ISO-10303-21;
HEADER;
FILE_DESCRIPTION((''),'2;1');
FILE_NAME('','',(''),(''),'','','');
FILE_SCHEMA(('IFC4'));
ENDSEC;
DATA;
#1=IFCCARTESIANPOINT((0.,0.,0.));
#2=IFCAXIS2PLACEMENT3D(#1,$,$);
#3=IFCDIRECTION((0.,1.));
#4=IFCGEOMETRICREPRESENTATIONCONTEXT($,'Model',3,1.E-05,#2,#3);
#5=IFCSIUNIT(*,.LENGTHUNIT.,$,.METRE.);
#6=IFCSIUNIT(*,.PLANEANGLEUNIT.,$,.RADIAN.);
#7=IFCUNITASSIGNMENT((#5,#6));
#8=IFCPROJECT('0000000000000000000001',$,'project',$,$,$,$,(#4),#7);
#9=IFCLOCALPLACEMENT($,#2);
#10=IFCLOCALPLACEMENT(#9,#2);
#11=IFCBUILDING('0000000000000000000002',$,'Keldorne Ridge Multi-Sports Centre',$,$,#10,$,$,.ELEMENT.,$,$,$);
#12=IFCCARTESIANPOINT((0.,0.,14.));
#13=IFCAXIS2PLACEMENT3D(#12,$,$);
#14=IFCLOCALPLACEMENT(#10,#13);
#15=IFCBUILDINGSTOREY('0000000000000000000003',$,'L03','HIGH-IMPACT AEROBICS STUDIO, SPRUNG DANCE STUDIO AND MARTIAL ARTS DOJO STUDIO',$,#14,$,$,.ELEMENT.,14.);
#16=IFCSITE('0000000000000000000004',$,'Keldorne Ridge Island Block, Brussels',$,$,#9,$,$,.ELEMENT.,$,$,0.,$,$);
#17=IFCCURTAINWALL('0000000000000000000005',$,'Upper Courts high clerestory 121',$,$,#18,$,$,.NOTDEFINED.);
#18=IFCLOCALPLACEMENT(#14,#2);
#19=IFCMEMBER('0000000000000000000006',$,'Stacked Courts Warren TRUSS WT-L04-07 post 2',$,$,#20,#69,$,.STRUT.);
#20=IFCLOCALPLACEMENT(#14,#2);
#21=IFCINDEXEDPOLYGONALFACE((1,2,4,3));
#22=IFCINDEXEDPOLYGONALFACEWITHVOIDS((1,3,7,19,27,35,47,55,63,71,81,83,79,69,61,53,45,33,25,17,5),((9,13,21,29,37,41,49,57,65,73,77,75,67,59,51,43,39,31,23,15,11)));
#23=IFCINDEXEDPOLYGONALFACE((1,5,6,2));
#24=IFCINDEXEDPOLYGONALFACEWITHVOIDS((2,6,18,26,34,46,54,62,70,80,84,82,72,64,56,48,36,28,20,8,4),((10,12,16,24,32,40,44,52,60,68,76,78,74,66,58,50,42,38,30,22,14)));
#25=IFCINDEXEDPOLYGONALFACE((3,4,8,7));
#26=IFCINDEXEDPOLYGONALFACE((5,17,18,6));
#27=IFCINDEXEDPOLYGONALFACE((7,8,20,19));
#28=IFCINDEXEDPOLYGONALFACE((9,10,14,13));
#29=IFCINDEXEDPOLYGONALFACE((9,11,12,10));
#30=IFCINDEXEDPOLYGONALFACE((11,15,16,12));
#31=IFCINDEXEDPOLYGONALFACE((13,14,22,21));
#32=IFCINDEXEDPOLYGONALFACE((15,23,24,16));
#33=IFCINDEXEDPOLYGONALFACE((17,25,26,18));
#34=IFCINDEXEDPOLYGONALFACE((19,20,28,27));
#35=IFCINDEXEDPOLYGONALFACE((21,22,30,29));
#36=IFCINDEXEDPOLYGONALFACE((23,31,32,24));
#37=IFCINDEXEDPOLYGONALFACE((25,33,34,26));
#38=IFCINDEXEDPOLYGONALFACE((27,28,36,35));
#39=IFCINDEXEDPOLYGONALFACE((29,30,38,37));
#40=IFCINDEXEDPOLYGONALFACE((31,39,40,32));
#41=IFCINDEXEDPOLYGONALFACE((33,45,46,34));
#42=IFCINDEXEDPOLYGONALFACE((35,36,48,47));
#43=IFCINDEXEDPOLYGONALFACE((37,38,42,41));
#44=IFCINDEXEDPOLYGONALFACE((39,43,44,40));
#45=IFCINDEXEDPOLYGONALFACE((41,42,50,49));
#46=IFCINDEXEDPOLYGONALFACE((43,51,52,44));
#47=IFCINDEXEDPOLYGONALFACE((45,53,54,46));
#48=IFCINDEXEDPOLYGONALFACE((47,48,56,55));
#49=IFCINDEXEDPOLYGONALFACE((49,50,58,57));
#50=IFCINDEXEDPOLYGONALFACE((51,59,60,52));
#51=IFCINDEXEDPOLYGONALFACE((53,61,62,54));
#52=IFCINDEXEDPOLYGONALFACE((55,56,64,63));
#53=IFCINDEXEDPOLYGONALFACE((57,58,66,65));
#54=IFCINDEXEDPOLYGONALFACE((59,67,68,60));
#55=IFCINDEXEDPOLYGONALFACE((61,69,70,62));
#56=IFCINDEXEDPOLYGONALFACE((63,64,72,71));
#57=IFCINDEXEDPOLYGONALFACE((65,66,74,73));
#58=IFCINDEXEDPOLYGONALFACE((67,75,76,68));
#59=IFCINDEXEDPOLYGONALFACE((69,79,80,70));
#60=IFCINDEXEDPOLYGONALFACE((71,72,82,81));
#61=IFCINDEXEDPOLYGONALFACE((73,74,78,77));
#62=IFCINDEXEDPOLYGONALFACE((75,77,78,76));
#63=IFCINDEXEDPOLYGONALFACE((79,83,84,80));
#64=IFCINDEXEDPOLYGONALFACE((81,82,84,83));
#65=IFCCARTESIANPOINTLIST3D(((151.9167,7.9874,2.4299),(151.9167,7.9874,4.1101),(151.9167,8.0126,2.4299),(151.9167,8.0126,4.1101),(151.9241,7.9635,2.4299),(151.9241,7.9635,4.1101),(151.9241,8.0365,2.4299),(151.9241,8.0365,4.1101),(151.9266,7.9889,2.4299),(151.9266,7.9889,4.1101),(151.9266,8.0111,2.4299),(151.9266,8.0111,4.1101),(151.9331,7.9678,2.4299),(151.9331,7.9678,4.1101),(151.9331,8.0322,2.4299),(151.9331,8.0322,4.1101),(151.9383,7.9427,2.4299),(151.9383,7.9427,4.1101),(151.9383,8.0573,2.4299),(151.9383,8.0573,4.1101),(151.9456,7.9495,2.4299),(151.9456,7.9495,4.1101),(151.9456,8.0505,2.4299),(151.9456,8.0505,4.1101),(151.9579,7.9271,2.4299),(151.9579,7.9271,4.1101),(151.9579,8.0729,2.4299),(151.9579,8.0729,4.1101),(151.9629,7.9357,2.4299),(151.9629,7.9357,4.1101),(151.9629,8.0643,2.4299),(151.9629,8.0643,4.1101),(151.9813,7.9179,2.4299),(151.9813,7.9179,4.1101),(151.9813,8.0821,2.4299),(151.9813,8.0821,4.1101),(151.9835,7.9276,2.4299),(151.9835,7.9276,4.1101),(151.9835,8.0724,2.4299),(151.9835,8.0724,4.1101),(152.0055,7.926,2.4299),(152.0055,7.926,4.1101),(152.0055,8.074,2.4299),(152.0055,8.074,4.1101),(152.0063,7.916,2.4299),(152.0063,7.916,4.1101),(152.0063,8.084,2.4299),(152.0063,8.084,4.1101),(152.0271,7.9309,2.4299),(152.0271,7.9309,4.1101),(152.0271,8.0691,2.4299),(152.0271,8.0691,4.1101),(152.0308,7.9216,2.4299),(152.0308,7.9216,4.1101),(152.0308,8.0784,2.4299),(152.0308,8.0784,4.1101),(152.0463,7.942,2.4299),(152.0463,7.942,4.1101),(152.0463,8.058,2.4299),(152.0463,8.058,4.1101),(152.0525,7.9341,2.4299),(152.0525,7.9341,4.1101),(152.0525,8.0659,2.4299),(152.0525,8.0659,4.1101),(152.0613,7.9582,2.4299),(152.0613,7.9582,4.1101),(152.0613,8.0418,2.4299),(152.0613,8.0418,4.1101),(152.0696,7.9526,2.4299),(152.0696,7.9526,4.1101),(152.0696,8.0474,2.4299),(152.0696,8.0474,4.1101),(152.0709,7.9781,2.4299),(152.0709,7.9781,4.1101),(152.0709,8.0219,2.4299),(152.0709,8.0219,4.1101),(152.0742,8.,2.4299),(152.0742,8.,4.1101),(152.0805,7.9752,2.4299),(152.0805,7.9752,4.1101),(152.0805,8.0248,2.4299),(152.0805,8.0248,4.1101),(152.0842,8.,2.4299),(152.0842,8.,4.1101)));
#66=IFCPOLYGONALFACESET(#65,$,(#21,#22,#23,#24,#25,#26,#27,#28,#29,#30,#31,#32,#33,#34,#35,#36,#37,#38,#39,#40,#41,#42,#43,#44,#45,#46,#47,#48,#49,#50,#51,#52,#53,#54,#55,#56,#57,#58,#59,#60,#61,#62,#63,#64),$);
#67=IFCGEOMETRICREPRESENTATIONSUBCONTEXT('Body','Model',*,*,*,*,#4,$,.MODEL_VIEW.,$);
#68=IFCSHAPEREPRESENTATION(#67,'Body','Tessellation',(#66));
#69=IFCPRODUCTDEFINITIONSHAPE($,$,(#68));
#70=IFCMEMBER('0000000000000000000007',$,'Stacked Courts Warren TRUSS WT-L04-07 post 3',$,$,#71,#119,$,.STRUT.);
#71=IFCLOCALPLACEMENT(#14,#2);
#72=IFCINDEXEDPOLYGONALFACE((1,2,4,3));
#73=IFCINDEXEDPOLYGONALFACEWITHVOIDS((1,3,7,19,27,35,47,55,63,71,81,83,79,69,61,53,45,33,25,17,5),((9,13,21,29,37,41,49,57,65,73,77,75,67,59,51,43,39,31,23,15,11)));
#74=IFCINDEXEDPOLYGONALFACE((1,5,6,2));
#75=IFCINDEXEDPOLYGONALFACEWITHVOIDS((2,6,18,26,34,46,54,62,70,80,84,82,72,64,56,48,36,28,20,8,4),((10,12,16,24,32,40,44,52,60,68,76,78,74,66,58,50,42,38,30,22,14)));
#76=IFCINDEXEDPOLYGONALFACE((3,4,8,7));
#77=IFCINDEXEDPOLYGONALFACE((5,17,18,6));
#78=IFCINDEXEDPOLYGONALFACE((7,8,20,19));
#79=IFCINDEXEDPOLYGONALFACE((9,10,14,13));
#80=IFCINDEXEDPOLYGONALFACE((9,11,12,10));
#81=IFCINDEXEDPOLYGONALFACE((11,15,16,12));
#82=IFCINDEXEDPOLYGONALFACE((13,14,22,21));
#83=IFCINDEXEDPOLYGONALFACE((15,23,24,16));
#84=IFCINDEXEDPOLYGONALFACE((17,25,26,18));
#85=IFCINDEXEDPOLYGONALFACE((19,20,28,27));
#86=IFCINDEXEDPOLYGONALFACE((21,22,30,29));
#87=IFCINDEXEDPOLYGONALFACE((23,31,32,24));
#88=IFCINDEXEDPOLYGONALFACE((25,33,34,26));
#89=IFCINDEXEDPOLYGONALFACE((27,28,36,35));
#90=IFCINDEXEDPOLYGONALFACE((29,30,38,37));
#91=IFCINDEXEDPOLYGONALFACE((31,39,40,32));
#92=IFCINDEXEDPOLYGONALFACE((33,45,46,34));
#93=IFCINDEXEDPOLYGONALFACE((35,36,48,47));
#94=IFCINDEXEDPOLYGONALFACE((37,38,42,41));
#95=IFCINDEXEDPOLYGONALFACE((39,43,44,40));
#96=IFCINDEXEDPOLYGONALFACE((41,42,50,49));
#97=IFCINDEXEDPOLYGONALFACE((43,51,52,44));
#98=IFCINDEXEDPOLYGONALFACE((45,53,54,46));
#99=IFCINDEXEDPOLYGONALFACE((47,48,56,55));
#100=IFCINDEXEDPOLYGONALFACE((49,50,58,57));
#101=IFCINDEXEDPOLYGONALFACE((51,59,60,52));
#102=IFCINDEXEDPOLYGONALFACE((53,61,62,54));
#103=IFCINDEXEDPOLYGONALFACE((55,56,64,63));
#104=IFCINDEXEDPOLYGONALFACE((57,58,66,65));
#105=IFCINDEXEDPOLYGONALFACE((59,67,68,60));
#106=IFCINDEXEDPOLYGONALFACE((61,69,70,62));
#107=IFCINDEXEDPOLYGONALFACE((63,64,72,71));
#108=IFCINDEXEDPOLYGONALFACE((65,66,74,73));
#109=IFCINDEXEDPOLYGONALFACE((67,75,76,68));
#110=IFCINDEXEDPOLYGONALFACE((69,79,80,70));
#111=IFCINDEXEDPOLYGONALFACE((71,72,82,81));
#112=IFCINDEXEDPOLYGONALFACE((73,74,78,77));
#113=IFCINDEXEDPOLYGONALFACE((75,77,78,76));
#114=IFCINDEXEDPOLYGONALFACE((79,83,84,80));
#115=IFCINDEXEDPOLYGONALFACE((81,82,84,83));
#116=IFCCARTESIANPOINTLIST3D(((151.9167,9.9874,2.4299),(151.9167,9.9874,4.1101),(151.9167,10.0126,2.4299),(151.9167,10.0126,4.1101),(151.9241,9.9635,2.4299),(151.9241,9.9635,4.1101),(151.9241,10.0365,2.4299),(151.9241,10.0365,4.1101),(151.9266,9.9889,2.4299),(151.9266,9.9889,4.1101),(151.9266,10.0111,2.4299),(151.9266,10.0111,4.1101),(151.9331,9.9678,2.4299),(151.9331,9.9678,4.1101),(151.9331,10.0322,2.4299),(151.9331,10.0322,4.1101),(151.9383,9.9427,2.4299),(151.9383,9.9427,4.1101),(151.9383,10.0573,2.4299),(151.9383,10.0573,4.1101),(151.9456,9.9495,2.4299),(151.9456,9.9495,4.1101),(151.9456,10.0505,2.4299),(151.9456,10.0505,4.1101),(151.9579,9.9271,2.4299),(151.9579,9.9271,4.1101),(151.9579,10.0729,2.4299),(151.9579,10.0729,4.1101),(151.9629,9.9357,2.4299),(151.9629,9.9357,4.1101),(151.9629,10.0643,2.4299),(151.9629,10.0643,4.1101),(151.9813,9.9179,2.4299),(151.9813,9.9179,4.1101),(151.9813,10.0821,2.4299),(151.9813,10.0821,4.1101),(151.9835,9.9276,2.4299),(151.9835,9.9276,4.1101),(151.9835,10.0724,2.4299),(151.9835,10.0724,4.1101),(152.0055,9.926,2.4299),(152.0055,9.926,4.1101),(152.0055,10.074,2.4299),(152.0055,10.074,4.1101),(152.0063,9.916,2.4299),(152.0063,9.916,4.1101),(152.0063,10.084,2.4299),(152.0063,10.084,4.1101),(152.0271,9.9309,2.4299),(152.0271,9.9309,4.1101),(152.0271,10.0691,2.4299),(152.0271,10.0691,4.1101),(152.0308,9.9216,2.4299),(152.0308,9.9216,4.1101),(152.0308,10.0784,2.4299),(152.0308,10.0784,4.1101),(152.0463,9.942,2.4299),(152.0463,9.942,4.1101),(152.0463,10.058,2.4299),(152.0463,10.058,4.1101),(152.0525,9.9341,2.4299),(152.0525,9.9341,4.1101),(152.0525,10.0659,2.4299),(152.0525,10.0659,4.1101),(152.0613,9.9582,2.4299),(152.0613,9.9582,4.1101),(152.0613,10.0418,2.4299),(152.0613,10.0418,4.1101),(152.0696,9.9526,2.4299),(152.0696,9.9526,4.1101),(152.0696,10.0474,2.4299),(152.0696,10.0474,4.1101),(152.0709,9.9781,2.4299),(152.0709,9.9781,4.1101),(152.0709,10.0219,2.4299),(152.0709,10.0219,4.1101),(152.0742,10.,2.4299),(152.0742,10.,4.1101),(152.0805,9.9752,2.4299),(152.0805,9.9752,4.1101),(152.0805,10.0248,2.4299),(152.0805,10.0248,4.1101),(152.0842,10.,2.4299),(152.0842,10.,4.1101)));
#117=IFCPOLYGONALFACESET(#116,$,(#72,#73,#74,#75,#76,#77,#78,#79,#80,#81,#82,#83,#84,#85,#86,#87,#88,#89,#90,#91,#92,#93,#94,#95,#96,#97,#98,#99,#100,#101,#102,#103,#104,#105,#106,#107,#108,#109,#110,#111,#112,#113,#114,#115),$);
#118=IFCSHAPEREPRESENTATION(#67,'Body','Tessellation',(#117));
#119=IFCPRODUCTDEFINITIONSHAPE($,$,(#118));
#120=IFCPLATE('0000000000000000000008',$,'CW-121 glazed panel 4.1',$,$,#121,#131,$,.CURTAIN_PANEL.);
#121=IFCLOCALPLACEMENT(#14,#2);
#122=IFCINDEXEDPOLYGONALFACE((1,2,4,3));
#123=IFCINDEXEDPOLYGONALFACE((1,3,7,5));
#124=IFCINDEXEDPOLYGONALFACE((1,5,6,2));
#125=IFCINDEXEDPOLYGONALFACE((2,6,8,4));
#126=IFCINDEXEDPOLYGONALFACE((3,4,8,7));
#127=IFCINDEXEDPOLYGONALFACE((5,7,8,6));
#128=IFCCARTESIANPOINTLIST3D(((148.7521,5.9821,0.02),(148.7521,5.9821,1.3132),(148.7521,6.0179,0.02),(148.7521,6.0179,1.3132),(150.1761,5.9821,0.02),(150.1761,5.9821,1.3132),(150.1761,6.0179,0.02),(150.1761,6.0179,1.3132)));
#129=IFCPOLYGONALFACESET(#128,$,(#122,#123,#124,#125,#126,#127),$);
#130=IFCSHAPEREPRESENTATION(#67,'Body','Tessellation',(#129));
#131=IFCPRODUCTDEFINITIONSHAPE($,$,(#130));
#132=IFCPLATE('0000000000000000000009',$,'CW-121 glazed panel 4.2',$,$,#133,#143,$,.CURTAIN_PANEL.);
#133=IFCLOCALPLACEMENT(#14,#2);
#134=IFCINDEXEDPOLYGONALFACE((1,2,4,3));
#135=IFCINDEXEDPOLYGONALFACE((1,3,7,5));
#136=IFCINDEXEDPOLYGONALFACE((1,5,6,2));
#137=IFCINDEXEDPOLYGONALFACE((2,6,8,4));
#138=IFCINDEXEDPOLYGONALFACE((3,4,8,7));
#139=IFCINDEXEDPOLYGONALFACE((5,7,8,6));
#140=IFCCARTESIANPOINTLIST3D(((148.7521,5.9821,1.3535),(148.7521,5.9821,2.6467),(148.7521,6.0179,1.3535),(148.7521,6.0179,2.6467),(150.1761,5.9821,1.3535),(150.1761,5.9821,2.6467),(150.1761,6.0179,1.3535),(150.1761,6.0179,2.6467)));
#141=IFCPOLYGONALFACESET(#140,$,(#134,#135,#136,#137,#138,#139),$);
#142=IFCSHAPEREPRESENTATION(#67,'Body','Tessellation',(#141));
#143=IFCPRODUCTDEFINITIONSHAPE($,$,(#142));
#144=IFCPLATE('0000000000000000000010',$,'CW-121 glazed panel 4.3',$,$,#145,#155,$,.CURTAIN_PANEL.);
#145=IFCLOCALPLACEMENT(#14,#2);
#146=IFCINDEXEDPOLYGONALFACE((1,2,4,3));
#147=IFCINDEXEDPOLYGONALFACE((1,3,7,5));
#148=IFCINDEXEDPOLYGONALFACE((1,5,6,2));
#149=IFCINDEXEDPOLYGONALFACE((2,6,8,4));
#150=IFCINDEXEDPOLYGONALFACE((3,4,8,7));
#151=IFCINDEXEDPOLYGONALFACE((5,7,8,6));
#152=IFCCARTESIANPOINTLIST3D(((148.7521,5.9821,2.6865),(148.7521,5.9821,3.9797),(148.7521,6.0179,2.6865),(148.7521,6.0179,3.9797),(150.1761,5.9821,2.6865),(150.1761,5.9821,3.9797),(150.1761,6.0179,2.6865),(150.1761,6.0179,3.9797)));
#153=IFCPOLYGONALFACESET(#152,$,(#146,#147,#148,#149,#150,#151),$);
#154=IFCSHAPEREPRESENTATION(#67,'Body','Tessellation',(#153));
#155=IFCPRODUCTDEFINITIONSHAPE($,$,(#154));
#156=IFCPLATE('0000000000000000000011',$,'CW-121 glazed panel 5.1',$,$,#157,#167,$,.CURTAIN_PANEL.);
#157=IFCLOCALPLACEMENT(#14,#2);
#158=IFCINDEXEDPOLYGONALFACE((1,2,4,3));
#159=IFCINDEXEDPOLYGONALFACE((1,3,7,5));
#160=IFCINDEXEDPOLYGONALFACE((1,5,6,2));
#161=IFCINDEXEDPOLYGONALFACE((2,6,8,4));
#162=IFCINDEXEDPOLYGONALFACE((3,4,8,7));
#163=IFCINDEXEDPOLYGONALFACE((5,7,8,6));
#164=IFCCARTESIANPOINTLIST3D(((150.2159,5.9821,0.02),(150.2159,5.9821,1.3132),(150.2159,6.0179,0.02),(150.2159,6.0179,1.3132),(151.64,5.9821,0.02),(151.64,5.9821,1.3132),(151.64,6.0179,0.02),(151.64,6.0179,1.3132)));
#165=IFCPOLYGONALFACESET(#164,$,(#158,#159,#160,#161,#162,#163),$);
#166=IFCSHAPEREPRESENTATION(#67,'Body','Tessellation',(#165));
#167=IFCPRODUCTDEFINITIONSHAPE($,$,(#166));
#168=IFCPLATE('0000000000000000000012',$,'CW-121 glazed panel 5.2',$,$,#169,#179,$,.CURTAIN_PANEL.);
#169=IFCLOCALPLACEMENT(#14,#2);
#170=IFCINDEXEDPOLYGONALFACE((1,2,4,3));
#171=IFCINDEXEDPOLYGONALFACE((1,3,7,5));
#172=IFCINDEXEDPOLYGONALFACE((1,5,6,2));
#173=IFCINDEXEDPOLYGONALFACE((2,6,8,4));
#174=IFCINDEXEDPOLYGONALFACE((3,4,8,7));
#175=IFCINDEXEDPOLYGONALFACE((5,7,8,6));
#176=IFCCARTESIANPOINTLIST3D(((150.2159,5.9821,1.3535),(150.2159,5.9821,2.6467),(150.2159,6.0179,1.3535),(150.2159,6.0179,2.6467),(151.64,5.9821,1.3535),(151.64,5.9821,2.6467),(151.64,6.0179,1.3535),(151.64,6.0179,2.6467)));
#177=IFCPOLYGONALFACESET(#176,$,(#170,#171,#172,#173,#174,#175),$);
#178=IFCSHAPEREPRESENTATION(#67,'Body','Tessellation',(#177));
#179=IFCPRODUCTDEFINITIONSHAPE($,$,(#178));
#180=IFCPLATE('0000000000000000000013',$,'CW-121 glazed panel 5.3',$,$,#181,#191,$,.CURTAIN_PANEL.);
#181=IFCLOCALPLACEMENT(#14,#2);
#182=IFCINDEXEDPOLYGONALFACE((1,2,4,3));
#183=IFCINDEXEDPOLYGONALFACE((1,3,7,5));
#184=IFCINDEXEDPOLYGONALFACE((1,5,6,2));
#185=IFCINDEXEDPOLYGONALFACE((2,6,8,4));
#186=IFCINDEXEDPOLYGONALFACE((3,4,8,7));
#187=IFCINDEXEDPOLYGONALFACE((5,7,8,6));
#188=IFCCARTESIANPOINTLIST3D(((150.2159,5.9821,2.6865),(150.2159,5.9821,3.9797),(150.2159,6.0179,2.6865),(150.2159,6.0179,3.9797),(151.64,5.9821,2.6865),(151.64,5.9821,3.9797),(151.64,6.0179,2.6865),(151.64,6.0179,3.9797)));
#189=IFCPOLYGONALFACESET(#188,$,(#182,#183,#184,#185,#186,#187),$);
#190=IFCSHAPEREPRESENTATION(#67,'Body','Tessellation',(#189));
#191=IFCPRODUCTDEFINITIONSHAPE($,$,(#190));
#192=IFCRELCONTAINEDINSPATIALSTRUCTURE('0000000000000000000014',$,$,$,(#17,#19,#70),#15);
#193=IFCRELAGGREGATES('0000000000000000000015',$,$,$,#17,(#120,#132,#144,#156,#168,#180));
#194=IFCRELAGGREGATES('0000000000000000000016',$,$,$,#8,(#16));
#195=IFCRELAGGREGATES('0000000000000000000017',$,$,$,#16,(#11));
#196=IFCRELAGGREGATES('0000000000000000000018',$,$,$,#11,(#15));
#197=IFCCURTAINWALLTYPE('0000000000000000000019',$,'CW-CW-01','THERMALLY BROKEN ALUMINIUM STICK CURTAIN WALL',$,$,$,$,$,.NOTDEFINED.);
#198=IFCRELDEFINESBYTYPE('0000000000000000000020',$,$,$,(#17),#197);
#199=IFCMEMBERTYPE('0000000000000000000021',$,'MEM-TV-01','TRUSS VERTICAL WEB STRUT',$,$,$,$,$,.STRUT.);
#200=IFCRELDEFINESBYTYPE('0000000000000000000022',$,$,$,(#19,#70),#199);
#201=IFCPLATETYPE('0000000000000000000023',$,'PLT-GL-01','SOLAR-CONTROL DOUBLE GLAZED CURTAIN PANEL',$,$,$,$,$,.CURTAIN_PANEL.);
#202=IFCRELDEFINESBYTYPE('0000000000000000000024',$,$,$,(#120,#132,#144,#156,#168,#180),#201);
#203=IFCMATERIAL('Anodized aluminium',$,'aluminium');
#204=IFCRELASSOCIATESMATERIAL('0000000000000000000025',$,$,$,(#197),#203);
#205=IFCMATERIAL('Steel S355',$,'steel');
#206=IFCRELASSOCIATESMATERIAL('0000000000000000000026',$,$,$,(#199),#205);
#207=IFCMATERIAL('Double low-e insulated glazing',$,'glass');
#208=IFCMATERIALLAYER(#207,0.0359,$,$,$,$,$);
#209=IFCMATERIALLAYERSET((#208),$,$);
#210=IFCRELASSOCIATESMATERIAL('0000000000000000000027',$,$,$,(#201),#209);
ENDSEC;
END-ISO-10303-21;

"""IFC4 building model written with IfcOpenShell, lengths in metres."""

from ifc_helpers import new_model, si_unit, direction, frame, origin, origin_2d, place, context, subcontext, project, spatial, rectangle, hollow_circle, extrude, material, layer, layer_set, material_profile, profile_set, type_object, element, aggregate, save


model = new_model("IFC4")

# Units and contexts
model_context = context("Model", 3, precision=1e-05, world=origin(), true_north=direction((0.0, 1.0)))
body_context = subcontext(model_context, "Body", "Model", "MODEL_VIEW")
ifc_project = project(units=[si_unit("LENGTHUNIT", "METRE"), si_unit("PLANEANGLEUNIT", "RADIAN")], contexts=[model_context])

# Site, building, storey
site_placement = place(None, origin())
site = spatial("IfcSite", under=ifc_project, at=site_placement, Name="Keldorne Ridge Island Block, Brussels", CompositionType="ELEMENT", RefElevation=0.0)
building_placement = place(site_placement, origin())
building = spatial("IfcBuilding", under=site, at=building_placement, Name="Keldorne Ridge Multi-Sports Centre", CompositionType="ELEMENT")
storey_placement = place(building_placement, frame((0.0, 0.0, 14.0)))
storey = spatial("IfcBuildingStorey", under=building, at=storey_placement, Name="L03", Description="HIGH-IMPACT AEROBICS STUDIO, SPRUNG DANCE STUDIO AND MARTIAL ARTS DOJO STUDIO", CompositionType="ELEMENT", Elevation=14.0)

# Shared definitions
ifc_material_1 = material(Name="Steel S355", Category="steel")

# Curtain wall
ifc_material_2 = material(Name="Anodized aluminium", Category="aluminium")
curtain_wall_type = type_object("IfcCurtainWallType", Name="CW-CW-01", Description="THERMALLY BROKEN ALUMINIUM STICK CURTAIN WALL", PredefinedType="NOTDEFINED", material=ifc_material_2)
curtain_wall_placement = place(storey_placement, origin())
curtain_wall = element("IfcCurtainWall", 1, at=curtain_wall_placement, inside=storey, type_object=curtain_wall_type, Name="Upper Courts high clerestory 121", PredefinedType="NOTDEFINED")

# Members
ifc_material_profile_1 = material_profile(ifc_material_1, hollow_circle(Radius=0.0842, WallThickness=0.01, at=origin_2d()), Name="CHS 168.3x10")
ifc_profile_set_1 = profile_set([ifc_material_profile_1], Name="Steel S355")
member_type_1 = type_object("IfcMemberType", Name="MEM-TV-01", Description="TRUSS VERTICAL WEB STRUT", PredefinedType="STRUT", material=ifc_profile_set_1)
for number, where, z_axis, x_axis, name in (
    (2, (152.0, 8.0, 2.4299), (0.0, 0.0, 1.0), (1.0, 0.0, 0.0), "Stacked Courts Warren TRUSS WT-L04-07 post 2"),
    (3, (152.0, 10.0, 2.4299), (0.0, 0.0, 1.0), (1.0, 0.0, 0.0), "Stacked Courts Warren TRUSS WT-L04-07 post 3"),
):
    element("IfcMember", number, at=place(storey_placement, frame(where, z_axis=z_axis, x_axis=x_axis)), inside=storey, type_object=member_type_1, Name=name, PredefinedType="STRUT", context=body_context, shape_type="SweptSolid", body=[
        extrude(hollow_circle(Radius=0.0842, WallThickness=0.01, at=origin_2d()), origin(), (0.0, 0.0, 1.0), 1.6802),
    ])

# Plates
ifc_material_3 = material(Name="Double low-e insulated glazing", Category="glass")
ifc_layer = layer(ifc_material_3, 0.0359)
ifc_layer_set = layer_set([ifc_layer])
plate_type = type_object("IfcPlateType", Name="PLT-GL-01", Description="SOLAR-CONTROL DOUBLE GLAZED CURTAIN PANEL", PredefinedType="CURTAIN_PANEL", material=ifc_layer_set)
plate_1_placement = place(storey_placement, frame((149.4641, 6.0, 0.02), z_axis=(0.0, 0.0, 1.0), x_axis=(1.0, 0.0, 0.0)))
plate_1 = element("IfcPlate", 4, at=plate_1_placement, type_object=plate_type, Name="CW-121 glazed panel 4.1", PredefinedType="CURTAIN_PANEL", context=body_context, shape_type="SweptSolid", body=[
    extrude(rectangle(XDim=1.4241, YDim=0.0359, at=origin_2d()), origin(), (0.0, 0.0, 1.0), 1.2932),
])
plate_2_placement = place(storey_placement, frame((149.4641, 6.0, 1.3535), z_axis=(0.0, 0.0, 1.0), x_axis=(1.0, 0.0, 0.0)))
plate_2 = element("IfcPlate", 5, at=plate_2_placement, type_object=plate_type, Name="CW-121 glazed panel 4.2", PredefinedType="CURTAIN_PANEL", context=body_context, shape_type="SweptSolid", body=[
    extrude(rectangle(XDim=1.4241, YDim=0.0359, at=origin_2d()), origin(), (0.0, 0.0, 1.0), 1.2932),
])
plate_3_placement = place(storey_placement, frame((149.4641, 6.0, 2.6865), z_axis=(0.0, 0.0, 1.0), x_axis=(1.0, 0.0, 0.0)))
plate_3 = element("IfcPlate", 6, at=plate_3_placement, type_object=plate_type, Name="CW-121 glazed panel 4.3", PredefinedType="CURTAIN_PANEL", context=body_context, shape_type="SweptSolid", body=[
    extrude(rectangle(XDim=1.4241, YDim=0.0359, at=origin_2d()), origin(), (0.0, 0.0, 1.0), 1.2932),
])
plate_4_placement = place(storey_placement, frame((150.928, 6.0, 0.02), z_axis=(0.0, 0.0, 1.0), x_axis=(1.0, 0.0, 0.0)))
plate_4 = element("IfcPlate", 7, at=plate_4_placement, type_object=plate_type, Name="CW-121 glazed panel 5.1", PredefinedType="CURTAIN_PANEL", context=body_context, shape_type="SweptSolid", body=[
    extrude(rectangle(XDim=1.4241, YDim=0.0359, at=origin_2d()), origin(), (0.0, 0.0, 1.0), 1.2932),
])
plate_5_placement = place(storey_placement, frame((150.928, 6.0, 1.3535), z_axis=(0.0, 0.0, 1.0), x_axis=(1.0, 0.0, 0.0)))
plate_5 = element("IfcPlate", 8, at=plate_5_placement, type_object=plate_type, Name="CW-121 glazed panel 5.2", PredefinedType="CURTAIN_PANEL", context=body_context, shape_type="SweptSolid", body=[
    extrude(rectangle(XDim=1.4241, YDim=0.0359, at=origin_2d()), origin(), (0.0, 0.0, 1.0), 1.2932),
])
plate_6_placement = place(storey_placement, frame((150.928, 6.0, 2.6865), z_axis=(0.0, 0.0, 1.0), x_axis=(1.0, 0.0, 0.0)))
plate_6 = element("IfcPlate", 9, at=plate_6_placement, type_object=plate_type, Name="CW-121 glazed panel 5.3", PredefinedType="CURTAIN_PANEL", context=body_context, shape_type="SweptSolid", body=[
    extrude(rectangle(XDim=1.4241, YDim=0.0359, at=origin_2d()), origin(), (0.0, 0.0, 1.0), 1.2932),
])
aggregate(curtain_wall, [plate_1, plate_2, plate_3, plate_4, plate_5, plate_6])

save(model, "model.ifc")
